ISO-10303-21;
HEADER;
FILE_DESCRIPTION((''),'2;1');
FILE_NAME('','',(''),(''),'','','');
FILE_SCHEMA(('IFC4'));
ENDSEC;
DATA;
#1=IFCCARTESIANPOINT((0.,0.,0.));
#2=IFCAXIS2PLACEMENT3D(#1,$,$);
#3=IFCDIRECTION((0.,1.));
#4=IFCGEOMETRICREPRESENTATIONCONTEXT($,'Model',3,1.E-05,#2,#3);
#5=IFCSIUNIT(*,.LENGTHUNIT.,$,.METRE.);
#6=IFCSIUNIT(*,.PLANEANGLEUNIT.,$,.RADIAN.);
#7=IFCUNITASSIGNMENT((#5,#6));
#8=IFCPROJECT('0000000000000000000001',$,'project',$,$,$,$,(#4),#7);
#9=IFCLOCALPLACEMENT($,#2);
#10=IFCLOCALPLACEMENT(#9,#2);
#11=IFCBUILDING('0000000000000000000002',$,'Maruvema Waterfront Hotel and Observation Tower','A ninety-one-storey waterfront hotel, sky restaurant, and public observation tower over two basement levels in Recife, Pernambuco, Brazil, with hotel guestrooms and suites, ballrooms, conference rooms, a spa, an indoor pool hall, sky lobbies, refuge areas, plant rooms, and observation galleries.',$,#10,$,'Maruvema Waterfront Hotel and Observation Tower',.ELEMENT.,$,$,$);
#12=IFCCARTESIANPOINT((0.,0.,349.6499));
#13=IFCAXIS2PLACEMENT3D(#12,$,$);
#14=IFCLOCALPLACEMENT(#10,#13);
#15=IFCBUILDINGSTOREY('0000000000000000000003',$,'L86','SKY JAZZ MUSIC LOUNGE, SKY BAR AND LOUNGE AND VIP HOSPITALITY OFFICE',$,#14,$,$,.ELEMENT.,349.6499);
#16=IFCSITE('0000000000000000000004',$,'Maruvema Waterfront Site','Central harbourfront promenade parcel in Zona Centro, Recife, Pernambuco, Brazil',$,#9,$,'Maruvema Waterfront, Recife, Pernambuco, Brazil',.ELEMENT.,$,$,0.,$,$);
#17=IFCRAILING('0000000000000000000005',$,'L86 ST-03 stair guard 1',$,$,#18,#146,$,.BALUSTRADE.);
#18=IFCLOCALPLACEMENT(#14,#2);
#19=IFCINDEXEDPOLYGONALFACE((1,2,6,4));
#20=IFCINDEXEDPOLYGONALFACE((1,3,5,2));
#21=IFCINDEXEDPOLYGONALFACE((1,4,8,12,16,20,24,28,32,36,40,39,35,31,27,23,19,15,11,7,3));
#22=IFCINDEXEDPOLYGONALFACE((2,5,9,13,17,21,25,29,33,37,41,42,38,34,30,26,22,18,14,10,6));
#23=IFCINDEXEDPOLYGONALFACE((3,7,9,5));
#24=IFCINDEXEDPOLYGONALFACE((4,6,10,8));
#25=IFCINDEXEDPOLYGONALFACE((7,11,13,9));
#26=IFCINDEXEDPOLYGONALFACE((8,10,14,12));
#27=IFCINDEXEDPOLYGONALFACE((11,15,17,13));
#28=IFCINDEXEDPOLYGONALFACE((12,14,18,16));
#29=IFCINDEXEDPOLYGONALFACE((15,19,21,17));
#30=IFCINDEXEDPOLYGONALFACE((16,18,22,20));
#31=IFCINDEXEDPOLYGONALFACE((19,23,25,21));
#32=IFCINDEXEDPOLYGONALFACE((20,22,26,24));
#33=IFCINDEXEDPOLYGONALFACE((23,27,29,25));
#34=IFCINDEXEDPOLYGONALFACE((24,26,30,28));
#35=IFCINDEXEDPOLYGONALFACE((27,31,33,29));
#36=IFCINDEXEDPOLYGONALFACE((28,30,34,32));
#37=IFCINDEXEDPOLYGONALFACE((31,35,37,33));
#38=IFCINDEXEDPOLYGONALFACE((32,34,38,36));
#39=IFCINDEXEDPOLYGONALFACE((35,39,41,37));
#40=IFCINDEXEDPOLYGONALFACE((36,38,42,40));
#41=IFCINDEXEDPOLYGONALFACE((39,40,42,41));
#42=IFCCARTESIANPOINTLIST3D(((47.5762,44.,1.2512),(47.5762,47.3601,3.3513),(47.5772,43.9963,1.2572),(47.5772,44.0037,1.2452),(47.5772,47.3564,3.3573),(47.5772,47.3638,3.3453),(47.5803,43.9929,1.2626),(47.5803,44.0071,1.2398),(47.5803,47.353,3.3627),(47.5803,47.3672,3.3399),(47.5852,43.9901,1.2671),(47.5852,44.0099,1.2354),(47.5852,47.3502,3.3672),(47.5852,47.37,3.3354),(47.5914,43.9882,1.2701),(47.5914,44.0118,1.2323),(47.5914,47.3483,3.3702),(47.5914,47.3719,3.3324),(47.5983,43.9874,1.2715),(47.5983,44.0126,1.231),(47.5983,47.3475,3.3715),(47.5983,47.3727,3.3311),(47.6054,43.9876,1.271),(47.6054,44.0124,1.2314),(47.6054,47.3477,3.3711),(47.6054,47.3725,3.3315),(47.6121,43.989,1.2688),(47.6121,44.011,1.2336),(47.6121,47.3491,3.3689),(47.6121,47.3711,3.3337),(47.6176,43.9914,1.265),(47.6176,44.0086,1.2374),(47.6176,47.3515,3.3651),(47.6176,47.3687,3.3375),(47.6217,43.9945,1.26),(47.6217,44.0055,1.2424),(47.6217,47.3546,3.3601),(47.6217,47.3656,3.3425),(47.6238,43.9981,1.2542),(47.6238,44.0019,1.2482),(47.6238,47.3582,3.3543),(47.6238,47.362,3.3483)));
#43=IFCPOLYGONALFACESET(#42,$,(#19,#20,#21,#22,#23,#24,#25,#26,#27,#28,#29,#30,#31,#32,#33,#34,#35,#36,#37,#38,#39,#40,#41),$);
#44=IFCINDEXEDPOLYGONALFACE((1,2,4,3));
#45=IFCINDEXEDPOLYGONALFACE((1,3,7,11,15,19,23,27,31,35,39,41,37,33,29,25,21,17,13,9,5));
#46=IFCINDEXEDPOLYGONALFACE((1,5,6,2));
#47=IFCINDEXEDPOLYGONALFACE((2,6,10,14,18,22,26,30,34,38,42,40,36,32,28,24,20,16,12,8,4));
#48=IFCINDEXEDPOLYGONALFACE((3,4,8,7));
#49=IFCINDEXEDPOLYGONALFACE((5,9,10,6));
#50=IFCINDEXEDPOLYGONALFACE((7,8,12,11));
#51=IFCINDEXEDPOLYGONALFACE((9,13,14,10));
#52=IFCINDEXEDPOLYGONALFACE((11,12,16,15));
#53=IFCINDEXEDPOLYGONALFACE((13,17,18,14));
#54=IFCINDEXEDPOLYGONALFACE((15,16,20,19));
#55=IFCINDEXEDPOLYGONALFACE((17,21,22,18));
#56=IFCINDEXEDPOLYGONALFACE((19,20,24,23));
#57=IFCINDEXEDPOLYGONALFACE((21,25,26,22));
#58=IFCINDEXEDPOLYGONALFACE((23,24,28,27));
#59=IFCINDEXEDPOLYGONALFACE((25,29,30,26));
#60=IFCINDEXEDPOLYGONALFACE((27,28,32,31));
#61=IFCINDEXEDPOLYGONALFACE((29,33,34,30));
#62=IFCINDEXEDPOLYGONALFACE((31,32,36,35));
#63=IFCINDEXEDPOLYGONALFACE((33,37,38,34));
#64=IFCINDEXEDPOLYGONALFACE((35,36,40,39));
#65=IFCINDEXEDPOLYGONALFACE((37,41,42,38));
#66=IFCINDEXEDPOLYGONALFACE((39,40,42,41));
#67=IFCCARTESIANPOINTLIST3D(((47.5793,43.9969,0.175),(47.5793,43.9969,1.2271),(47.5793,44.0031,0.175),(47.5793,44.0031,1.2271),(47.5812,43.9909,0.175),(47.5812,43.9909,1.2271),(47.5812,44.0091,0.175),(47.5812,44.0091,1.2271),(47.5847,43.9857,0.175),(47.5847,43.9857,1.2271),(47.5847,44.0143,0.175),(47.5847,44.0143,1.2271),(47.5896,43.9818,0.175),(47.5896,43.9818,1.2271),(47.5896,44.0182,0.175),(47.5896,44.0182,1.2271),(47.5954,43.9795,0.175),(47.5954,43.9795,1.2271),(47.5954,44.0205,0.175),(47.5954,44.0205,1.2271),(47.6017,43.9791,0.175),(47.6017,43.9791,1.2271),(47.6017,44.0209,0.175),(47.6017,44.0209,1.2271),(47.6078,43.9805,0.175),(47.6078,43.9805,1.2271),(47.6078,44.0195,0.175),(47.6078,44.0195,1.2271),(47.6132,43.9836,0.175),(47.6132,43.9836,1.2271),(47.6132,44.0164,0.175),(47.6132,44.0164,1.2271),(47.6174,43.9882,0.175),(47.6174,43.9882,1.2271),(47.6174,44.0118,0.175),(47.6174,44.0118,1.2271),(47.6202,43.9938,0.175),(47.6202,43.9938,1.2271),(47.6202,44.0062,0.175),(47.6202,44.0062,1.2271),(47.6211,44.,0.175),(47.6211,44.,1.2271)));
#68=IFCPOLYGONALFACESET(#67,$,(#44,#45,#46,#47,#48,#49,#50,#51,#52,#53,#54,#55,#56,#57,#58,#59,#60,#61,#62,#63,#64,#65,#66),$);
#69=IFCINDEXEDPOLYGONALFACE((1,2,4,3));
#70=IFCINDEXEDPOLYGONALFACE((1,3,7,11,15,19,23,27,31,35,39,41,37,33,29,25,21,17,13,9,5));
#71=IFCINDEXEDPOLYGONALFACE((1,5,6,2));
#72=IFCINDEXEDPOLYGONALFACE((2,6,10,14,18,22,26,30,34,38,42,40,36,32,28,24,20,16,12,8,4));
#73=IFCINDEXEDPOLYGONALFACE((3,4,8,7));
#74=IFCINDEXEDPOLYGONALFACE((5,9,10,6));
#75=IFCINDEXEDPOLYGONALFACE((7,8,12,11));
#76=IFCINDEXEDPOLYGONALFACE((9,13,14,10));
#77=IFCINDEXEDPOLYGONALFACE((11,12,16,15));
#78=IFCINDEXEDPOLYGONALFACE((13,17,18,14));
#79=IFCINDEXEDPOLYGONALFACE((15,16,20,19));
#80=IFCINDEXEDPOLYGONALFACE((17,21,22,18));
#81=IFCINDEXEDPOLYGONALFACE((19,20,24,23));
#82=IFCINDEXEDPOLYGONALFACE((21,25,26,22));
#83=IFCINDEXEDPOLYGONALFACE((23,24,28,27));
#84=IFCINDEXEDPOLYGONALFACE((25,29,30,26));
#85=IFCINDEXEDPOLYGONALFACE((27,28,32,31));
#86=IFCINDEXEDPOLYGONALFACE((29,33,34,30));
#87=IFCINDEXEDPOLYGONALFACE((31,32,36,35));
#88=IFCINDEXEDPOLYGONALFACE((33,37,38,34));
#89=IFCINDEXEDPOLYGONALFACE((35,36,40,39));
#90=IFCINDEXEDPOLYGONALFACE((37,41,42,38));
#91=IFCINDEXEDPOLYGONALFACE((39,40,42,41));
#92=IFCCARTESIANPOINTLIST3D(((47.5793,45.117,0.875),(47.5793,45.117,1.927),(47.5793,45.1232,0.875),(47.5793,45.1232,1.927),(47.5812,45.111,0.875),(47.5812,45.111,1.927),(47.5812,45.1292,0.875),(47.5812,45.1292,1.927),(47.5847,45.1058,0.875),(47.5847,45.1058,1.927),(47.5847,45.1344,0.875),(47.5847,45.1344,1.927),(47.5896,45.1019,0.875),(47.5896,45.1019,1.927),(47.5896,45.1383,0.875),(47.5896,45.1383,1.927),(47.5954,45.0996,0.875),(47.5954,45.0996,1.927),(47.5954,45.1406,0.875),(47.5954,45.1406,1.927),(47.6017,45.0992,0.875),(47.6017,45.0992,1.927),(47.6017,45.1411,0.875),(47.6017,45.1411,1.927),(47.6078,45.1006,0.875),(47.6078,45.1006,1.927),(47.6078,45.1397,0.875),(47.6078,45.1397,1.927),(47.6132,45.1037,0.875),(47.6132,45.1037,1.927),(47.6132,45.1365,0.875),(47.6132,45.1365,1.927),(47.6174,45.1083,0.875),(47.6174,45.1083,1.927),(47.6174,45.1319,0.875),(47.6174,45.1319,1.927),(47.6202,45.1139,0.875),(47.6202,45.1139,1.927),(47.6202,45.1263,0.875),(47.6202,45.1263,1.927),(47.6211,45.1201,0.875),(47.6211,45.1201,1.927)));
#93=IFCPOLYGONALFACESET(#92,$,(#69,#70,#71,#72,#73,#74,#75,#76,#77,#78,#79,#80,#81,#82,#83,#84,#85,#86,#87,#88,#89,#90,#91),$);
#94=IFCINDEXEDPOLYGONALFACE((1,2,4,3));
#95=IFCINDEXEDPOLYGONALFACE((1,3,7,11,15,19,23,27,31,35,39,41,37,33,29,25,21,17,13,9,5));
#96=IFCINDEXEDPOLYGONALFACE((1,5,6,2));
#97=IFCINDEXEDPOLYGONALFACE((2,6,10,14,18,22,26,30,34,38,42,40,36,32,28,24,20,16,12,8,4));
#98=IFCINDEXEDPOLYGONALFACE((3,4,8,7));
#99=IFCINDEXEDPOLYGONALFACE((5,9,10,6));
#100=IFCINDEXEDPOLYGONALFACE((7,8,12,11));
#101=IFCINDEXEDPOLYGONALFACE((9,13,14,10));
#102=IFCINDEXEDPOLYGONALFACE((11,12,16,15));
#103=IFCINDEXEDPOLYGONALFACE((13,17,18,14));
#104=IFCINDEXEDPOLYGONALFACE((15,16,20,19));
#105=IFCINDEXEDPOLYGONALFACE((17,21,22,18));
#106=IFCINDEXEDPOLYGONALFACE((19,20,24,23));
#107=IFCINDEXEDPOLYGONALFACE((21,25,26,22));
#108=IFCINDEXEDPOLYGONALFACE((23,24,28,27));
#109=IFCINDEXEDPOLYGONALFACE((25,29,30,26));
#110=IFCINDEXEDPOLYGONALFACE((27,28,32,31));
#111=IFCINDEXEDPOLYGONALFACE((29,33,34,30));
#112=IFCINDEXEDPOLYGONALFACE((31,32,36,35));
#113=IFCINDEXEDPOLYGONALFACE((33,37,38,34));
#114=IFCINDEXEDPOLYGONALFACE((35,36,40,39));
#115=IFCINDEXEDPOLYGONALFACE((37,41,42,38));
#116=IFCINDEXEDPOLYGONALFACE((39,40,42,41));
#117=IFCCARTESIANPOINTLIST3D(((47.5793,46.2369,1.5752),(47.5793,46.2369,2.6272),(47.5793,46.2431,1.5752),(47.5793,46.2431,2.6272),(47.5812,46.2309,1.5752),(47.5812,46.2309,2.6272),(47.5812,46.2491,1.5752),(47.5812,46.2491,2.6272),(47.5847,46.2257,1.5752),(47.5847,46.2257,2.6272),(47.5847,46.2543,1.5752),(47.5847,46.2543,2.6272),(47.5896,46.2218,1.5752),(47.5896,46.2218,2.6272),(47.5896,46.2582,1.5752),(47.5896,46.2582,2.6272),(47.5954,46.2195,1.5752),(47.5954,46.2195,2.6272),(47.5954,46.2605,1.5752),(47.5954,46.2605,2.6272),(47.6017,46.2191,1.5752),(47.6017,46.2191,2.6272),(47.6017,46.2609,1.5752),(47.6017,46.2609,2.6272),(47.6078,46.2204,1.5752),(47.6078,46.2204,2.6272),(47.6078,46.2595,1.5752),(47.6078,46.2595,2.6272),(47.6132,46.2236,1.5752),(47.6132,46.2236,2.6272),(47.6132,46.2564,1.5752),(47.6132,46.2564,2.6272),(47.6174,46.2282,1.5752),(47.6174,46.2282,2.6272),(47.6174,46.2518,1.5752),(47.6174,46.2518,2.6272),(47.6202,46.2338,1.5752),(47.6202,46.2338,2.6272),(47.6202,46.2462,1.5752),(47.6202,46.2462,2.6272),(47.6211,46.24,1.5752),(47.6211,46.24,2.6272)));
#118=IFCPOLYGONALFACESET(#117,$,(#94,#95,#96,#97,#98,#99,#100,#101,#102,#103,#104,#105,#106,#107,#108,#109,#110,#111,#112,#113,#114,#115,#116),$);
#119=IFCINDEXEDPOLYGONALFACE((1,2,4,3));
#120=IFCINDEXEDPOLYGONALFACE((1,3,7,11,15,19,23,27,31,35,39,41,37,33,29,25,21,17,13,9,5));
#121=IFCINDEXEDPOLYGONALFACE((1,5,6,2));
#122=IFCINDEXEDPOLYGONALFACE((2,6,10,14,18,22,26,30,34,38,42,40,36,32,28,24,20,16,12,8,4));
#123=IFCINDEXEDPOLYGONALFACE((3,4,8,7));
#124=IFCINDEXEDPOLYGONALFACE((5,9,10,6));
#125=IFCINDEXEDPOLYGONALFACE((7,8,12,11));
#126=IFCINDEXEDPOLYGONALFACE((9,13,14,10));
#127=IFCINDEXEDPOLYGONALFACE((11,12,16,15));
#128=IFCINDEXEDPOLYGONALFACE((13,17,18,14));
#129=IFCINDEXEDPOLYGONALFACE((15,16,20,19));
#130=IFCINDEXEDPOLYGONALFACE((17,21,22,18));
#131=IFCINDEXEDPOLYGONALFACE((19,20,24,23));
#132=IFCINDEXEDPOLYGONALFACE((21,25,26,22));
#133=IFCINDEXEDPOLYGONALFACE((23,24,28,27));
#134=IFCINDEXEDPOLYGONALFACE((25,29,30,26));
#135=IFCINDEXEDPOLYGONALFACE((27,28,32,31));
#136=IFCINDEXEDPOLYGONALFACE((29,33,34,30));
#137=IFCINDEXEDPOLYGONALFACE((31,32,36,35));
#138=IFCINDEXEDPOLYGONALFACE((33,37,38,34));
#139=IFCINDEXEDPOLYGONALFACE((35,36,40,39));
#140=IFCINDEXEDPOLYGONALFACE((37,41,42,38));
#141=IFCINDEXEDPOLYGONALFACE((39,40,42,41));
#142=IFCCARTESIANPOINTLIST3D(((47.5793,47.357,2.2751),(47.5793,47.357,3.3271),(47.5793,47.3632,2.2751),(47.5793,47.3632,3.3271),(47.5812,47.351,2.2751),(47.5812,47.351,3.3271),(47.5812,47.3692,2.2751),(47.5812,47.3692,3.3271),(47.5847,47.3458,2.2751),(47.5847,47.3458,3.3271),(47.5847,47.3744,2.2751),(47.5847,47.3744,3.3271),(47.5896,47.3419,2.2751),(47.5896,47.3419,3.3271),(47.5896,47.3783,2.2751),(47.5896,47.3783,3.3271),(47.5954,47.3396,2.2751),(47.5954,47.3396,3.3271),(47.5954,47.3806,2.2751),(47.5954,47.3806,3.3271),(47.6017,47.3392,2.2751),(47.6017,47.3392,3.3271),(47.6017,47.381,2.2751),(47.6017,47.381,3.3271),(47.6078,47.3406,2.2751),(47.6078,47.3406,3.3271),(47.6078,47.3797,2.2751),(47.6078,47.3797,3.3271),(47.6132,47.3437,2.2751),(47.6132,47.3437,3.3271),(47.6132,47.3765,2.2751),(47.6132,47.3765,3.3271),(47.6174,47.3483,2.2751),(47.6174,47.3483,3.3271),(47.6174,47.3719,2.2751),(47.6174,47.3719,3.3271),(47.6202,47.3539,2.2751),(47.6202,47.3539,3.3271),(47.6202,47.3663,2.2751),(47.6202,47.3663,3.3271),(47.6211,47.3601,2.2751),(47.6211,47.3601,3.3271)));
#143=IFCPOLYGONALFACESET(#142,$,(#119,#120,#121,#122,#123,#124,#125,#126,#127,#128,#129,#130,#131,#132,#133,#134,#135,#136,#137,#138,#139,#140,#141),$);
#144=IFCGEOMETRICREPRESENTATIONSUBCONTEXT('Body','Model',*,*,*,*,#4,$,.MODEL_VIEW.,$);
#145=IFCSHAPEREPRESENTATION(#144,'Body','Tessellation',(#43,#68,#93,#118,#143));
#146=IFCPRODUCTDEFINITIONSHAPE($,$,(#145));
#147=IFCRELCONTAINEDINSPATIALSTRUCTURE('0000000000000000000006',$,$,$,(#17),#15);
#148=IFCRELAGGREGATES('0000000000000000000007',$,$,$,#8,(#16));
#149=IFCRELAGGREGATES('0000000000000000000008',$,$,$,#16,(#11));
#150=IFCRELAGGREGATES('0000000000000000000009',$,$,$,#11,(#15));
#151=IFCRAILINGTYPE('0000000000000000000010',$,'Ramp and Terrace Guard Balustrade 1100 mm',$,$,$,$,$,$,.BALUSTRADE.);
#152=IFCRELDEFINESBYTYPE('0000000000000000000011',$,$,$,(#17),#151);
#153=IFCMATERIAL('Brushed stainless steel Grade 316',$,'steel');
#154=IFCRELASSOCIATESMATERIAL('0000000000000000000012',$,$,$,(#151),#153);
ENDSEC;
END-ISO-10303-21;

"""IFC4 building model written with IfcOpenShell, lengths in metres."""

from ifc_helpers import new_model, si_unit, direction, frame, origin, origin_2d, place, context, subcontext, project, spatial, circle, extrude, material, type_object, element, save


model = new_model("IFC4")

# Units and contexts
model_context = context("Model", 3, precision=1e-05, world=origin(), true_north=direction((0.0, 1.0)))
body_context = subcontext(model_context, "Body", "Model", "MODEL_VIEW")
ifc_project = project(units=[si_unit("LENGTHUNIT", "METRE"), si_unit("PLANEANGLEUNIT", "RADIAN")], contexts=[model_context])

# Site, building, storey
site_placement = place(None, origin())
site = spatial("IfcSite", under=ifc_project, at=site_placement, Name="Maruvema Waterfront Site", Description="Central harbourfront promenade parcel in Zona Centro, Recife, Pernambuco, Brazil", LongName="Maruvema Waterfront, Recife, Pernambuco, Brazil", CompositionType="ELEMENT", RefElevation=0.0)
building_placement = place(site_placement, origin())
building = spatial("IfcBuilding", under=site, at=building_placement, Name="Maruvema Waterfront Hotel and Observation Tower", Description="A ninety-one-storey waterfront hotel, sky restaurant, and public observation tower over two basement levels in Recife, Pernambuco, Brazil, with hotel guestrooms and suites, ballrooms, conference rooms, a spa, an indoor pool hall, sky lobbies, refuge areas, plant rooms, and observation galleries.", LongName="Maruvema Waterfront Hotel and Observation Tower", CompositionType="ELEMENT")
storey_placement = place(building_placement, frame((0.0, 0.0, 349.6499)))
storey = spatial("IfcBuildingStorey", under=building, at=storey_placement, Name="L86", Description="SKY JAZZ MUSIC LOUNGE, SKY BAR AND LOUNGE AND VIP HOSPITALITY OFFICE", CompositionType="ELEMENT", Elevation=349.6499)

# Railing
ifc_material_1 = material(Name="Brushed stainless steel Grade 316", Category="steel")
railing_type_1 = type_object("IfcRailingType", Name="Ramp and Terrace Guard Balustrade 1100 mm", PredefinedType="BALUSTRADE", material=ifc_material_1)
railing_1_placement = place(storey_placement, frame((47.6001, 44.0, 0.175)))
element("IfcRailing", 1, at=railing_1_placement, inside=storey, type_object=railing_type_1, Name="L86 ST-03 stair guard 1", PredefinedType="BALUSTRADE", context=body_context, shape_type="SweptSolid", body=[
    extrude(circle(Radius=0.0239, at=origin_2d()), frame((0.0, 0.0, 1.0762), z_axis=(0.0, 0.847995, 0.530004), x_axis=(-1.0, 0.0, 0.0)), (0.0, 0.0, 1.0), 3.9624),
    extrude(circle(Radius=0.021, at=origin_2d()), origin(), (0.0, 0.0, 1.0), 1.052),
    extrude(circle(Radius=0.021, at=origin_2d()), frame((0.0, 1.1201, 0.7)), (0.0, 0.0, 1.0), 1.052),
    extrude(circle(Radius=0.021, at=origin_2d()), frame((0.0, 2.24, 1.4001)), (0.0, 0.0, 1.0), 1.052),
    extrude(circle(Radius=0.021, at=origin_2d()), frame((0.0, 3.3601, 2.1001)), (0.0, 0.0, 1.0), 1.052),
])

save(model, "model.ifc")
